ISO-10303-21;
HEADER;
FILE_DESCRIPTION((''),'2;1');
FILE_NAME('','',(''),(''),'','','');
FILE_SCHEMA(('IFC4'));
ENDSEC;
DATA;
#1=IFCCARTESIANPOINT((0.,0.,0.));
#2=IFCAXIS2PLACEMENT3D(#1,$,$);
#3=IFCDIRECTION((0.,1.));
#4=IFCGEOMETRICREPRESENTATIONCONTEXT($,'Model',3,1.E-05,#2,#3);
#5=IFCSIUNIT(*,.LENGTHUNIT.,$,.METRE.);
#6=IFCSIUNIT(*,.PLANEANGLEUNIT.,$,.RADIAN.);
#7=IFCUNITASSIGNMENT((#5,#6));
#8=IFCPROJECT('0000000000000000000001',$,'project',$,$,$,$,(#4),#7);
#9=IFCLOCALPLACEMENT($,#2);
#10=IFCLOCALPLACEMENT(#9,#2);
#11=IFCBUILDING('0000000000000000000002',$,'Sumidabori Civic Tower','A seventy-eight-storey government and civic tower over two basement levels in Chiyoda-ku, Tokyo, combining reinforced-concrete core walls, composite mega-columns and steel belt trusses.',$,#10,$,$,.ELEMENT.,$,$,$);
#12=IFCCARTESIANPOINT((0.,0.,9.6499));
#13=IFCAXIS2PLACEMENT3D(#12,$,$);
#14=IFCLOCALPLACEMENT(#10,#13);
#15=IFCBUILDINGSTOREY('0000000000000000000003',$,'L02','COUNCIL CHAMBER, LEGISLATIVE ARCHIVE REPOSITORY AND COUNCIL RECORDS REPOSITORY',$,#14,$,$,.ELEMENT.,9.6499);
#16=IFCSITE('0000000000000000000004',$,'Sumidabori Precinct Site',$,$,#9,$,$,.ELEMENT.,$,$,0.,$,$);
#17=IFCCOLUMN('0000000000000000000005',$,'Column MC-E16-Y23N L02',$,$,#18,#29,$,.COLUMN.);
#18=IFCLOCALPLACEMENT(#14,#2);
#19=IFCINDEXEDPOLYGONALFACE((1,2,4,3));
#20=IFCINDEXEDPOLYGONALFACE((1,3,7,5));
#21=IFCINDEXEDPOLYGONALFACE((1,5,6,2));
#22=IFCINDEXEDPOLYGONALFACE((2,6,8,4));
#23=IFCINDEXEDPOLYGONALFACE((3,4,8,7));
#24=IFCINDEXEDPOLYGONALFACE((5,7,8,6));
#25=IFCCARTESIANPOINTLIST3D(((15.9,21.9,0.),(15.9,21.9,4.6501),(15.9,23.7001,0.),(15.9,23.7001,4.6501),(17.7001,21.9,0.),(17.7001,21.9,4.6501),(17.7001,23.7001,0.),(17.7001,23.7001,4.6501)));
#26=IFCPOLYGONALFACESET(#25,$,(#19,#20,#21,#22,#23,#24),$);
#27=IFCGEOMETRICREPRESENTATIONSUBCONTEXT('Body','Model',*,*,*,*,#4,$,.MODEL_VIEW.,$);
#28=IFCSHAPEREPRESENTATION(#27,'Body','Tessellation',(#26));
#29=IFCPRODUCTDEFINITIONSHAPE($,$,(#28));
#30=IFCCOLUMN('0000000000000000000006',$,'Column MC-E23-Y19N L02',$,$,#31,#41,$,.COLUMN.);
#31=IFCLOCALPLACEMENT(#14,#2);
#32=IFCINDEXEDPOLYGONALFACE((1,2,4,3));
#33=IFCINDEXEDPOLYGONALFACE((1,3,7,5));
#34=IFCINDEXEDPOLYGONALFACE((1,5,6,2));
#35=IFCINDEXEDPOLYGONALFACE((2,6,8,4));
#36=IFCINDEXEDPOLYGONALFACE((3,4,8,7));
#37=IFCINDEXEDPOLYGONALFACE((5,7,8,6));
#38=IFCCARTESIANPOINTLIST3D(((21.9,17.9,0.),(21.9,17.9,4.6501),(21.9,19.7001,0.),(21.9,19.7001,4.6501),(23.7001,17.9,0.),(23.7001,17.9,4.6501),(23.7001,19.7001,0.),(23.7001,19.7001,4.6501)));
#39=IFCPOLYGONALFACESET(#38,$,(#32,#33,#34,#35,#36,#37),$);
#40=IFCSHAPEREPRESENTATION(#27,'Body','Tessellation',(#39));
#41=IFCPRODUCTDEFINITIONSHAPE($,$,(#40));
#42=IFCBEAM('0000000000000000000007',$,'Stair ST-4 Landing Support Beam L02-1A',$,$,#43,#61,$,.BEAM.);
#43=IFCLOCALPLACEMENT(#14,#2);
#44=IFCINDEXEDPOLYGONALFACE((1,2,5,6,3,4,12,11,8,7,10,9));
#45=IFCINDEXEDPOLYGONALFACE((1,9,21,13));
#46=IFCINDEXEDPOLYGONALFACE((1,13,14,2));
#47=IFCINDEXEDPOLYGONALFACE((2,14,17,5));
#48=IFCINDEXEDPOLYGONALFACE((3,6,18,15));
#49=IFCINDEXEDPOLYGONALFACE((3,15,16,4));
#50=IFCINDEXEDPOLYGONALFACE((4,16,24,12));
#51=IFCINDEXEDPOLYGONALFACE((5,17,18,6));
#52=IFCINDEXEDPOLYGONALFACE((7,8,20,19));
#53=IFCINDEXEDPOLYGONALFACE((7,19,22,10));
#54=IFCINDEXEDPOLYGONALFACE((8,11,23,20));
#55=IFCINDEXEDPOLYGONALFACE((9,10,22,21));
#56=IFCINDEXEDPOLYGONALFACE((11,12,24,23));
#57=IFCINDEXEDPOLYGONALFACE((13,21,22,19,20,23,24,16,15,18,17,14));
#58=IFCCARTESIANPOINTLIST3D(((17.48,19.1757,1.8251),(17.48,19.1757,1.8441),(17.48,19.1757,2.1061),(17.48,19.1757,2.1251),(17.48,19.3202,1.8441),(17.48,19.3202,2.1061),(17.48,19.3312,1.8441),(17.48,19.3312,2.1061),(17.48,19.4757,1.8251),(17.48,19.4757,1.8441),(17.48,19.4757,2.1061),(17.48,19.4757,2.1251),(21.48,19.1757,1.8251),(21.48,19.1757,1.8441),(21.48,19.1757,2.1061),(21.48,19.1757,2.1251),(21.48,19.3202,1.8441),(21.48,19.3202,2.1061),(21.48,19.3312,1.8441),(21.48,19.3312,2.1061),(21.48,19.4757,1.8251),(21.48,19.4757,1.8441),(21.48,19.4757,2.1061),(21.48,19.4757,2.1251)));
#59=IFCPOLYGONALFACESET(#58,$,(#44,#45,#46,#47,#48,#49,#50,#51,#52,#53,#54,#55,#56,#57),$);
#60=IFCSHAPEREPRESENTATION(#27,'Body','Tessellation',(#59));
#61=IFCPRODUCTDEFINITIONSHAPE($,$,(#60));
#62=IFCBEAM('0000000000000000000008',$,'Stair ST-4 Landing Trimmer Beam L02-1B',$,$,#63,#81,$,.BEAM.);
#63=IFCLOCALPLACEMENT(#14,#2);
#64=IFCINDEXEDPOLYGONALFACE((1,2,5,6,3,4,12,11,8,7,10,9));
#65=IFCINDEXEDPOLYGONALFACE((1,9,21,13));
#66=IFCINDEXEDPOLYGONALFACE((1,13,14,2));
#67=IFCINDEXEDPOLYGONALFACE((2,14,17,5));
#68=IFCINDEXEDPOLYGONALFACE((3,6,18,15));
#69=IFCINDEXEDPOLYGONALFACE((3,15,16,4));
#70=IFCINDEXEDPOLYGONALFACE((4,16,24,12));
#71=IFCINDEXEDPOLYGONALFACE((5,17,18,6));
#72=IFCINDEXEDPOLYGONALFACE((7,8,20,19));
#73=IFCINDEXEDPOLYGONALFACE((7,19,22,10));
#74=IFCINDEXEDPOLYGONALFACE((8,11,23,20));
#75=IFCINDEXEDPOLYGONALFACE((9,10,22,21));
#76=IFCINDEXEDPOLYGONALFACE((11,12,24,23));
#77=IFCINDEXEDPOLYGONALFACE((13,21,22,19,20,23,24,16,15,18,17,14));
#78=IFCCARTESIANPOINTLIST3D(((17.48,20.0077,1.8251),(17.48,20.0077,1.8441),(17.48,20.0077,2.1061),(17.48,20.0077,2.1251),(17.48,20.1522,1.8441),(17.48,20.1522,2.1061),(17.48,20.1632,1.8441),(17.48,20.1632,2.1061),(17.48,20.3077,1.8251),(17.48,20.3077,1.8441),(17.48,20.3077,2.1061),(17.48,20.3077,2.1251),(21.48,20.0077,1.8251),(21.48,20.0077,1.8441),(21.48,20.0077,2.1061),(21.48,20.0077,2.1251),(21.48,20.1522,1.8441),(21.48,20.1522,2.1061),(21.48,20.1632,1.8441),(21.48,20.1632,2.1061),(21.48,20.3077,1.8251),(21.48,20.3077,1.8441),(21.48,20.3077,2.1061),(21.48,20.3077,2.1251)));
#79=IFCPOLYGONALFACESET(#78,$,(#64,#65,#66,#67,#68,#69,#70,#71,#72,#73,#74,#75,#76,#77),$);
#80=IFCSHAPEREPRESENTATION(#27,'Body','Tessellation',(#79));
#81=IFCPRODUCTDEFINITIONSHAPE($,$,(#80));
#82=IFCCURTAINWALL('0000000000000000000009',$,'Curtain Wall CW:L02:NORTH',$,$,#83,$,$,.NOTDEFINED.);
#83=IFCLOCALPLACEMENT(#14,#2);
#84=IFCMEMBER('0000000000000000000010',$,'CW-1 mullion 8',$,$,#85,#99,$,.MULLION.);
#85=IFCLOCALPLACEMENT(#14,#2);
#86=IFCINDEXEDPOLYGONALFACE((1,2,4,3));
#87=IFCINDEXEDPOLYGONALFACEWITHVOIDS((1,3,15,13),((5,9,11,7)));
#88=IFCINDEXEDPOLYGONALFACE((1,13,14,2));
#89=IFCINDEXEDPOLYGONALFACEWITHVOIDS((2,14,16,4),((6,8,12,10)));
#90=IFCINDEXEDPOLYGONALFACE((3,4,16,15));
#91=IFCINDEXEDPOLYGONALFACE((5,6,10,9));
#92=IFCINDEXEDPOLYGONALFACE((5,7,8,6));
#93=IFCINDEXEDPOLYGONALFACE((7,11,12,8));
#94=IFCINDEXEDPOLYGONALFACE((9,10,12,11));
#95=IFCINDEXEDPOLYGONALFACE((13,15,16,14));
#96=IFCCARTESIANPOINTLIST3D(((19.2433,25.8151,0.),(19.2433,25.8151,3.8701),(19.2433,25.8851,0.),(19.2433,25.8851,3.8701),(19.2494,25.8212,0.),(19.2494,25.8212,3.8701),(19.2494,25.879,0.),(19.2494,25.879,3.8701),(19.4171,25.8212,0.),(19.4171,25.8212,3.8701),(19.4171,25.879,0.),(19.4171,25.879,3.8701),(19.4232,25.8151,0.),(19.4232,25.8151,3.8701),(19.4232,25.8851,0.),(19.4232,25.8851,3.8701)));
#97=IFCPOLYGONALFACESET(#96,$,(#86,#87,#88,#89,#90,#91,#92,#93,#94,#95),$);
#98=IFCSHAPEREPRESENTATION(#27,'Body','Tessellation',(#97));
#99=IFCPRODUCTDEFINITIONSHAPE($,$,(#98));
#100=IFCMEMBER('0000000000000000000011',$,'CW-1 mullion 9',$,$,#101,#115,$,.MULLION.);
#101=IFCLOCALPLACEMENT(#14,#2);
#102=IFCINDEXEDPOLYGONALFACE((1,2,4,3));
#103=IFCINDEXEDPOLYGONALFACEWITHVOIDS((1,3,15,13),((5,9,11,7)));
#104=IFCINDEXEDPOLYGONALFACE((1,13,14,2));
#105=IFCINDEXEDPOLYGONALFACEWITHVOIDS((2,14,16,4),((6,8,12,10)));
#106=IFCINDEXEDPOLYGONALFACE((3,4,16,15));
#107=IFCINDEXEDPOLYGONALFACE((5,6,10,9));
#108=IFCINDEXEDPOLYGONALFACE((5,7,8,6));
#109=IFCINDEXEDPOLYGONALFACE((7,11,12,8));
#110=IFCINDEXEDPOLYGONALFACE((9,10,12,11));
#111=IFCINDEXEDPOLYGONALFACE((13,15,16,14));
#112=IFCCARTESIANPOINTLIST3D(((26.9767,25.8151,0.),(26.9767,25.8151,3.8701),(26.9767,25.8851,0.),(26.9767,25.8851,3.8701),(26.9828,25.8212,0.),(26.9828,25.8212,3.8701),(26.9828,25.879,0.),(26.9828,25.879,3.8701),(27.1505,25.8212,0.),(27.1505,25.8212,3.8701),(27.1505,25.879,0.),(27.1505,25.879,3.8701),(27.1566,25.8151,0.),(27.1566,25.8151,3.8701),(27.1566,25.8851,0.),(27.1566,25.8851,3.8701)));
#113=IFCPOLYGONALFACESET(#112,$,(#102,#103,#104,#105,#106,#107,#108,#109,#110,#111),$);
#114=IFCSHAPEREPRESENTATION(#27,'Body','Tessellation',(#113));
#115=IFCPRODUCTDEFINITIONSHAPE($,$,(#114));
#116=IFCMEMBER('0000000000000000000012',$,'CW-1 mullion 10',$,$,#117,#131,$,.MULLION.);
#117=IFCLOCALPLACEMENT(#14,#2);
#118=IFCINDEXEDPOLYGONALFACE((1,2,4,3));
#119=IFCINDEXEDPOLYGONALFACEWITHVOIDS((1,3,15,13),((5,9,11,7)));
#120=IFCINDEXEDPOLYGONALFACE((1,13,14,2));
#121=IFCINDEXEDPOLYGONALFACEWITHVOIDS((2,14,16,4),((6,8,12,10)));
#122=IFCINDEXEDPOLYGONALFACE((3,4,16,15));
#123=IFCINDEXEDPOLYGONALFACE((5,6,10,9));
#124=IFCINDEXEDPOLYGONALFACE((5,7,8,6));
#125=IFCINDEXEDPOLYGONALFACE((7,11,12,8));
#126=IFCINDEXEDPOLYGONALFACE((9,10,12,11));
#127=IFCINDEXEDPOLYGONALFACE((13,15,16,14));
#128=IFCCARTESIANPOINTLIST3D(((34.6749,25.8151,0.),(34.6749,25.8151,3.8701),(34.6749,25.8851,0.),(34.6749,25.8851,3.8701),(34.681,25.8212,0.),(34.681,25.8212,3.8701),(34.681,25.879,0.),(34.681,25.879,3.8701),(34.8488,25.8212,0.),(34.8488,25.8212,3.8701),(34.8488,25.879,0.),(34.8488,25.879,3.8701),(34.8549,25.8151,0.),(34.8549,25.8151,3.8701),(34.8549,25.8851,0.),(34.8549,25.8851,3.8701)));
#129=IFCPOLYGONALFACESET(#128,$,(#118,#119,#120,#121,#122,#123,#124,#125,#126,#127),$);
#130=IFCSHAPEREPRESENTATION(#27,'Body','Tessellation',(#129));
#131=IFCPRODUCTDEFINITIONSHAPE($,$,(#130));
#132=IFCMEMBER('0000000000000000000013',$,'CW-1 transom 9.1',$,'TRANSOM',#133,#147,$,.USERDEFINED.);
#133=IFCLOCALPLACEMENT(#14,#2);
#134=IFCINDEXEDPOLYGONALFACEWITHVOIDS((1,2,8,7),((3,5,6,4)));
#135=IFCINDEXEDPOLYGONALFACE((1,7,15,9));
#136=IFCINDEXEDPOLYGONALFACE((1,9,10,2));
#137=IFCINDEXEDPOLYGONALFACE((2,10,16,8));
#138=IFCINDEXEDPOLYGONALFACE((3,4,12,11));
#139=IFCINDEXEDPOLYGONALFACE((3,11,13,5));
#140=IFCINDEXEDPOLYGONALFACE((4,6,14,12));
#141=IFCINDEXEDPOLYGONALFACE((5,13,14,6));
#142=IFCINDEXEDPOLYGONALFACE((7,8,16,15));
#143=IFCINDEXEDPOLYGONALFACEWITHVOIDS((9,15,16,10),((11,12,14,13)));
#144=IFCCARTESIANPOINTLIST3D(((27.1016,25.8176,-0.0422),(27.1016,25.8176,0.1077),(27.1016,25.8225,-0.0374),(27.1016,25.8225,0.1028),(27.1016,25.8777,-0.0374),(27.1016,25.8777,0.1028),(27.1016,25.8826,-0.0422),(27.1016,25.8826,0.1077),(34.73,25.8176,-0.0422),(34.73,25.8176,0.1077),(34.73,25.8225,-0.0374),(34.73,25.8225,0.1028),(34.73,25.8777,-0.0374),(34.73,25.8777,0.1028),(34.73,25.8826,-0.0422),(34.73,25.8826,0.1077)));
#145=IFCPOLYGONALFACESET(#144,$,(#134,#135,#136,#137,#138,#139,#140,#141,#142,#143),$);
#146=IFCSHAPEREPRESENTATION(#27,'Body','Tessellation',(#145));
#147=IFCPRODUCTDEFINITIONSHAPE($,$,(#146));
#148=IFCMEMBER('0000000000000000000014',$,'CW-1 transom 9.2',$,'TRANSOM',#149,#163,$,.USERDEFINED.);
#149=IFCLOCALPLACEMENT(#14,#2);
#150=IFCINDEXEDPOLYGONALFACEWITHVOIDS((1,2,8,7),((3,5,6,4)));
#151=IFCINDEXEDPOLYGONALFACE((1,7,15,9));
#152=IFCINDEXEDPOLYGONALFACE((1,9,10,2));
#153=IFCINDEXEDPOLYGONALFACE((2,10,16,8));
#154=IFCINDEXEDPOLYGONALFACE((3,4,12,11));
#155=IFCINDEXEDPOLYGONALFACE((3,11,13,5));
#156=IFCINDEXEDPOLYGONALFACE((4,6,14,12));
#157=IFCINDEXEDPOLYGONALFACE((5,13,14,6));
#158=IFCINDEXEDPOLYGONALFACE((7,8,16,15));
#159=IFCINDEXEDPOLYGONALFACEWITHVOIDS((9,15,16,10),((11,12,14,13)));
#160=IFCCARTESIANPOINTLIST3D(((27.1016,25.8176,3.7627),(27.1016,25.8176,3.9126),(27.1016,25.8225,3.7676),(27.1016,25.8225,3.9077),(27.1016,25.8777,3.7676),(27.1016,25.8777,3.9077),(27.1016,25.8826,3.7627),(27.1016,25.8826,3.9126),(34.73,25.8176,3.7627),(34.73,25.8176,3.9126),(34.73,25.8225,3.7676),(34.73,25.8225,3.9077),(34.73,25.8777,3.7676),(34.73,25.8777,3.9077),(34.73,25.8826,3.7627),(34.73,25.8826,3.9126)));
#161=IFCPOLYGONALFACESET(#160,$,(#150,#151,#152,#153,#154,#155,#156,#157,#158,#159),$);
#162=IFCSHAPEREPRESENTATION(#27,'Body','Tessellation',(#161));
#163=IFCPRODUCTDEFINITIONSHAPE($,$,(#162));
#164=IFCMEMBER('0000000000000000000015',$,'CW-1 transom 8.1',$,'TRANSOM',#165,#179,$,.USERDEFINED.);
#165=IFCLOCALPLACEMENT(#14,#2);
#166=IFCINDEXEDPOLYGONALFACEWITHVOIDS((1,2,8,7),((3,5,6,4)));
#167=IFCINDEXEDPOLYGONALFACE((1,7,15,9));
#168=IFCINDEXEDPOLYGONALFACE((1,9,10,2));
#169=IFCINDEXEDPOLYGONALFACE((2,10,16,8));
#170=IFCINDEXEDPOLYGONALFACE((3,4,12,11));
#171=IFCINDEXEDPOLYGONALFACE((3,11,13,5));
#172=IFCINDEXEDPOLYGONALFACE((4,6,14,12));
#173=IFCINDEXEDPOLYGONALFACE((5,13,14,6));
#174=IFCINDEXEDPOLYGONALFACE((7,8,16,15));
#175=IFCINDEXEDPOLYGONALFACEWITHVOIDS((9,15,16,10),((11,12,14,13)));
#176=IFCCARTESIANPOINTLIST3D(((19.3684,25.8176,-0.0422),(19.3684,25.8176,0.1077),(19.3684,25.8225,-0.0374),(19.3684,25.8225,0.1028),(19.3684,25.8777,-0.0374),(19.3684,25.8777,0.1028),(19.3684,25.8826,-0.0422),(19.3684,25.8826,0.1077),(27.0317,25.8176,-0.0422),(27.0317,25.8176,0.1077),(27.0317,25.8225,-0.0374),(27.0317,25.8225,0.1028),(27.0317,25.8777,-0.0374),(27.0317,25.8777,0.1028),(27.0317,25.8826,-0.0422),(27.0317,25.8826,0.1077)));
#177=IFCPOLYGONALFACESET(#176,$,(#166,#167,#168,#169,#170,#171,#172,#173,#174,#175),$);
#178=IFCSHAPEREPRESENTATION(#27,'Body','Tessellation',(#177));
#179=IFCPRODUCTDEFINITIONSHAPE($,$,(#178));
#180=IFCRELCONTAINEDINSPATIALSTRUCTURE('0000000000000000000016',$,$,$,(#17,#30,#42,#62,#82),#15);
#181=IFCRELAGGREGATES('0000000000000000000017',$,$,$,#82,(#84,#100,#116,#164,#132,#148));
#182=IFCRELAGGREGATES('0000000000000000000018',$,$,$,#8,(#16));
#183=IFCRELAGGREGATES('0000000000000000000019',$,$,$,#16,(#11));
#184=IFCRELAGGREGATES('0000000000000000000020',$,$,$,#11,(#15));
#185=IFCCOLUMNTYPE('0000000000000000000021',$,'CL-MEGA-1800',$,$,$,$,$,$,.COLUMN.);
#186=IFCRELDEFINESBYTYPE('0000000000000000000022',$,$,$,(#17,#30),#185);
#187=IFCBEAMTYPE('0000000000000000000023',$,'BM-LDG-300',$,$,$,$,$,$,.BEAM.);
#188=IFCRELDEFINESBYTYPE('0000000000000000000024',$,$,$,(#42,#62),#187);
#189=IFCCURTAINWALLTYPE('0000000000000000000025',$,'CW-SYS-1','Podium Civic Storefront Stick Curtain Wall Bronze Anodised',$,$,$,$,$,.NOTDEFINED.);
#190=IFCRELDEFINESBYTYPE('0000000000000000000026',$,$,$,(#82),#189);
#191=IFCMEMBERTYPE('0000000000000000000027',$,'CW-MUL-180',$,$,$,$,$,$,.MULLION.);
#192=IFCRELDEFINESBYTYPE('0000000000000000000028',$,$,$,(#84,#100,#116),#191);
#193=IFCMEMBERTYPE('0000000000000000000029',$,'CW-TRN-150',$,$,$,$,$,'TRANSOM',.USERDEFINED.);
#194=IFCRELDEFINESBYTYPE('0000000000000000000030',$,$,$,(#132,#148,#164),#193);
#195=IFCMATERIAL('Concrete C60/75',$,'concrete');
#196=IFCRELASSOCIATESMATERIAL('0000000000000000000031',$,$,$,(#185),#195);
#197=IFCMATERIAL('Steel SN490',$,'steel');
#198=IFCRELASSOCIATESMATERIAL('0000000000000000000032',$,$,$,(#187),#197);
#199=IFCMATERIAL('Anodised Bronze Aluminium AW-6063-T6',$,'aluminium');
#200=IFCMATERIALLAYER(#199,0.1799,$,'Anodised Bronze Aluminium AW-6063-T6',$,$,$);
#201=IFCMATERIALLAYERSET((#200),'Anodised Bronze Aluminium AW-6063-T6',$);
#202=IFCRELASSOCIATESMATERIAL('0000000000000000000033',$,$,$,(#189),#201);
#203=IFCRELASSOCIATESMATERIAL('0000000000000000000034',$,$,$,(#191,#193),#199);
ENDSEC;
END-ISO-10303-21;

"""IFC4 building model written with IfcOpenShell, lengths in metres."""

from ifc_helpers import new_model, si_unit, direction, frame, origin, origin_2d, place, context, subcontext, project, spatial, rectangle, hollow_rectangle, i_section, extrude, source, transform, mapped, material, layer, layer_set, material_profile, profile_set, type_object, element, aggregate, save


model = new_model("IFC4")

# Units and contexts
model_context = context("Model", 3, precision=1e-05, world=origin(), true_north=direction((0.0, 1.0)))
body_context = subcontext(model_context, "Body", "Model", "MODEL_VIEW")
ifc_project = project(units=[si_unit("LENGTHUNIT", "METRE"), si_unit("PLANEANGLEUNIT", "RADIAN")], contexts=[model_context])

# Site, building, storey
site_placement = place(None, origin())
site = spatial("IfcSite", under=ifc_project, at=site_placement, Name="Sumidabori Precinct Site", CompositionType="ELEMENT", RefElevation=0.0)
building_placement = place(site_placement, origin())
building = spatial("IfcBuilding", under=site, at=building_placement, Name="Sumidabori Civic Tower", Description="A seventy-eight-storey government and civic tower over two basement levels in Chiyoda-ku, Tokyo, combining reinforced-concrete core walls, composite mega-columns and steel belt trusses.", CompositionType="ELEMENT")
storey_placement = place(building_placement, frame((0.0, 0.0, 9.6499)))
storey = spatial("IfcBuildingStorey", under=building, at=storey_placement, Name="L02", Description="COUNCIL CHAMBER, LEGISLATIVE ARCHIVE REPOSITORY AND COUNCIL RECORDS REPOSITORY", CompositionType="ELEMENT", Elevation=9.6499)

# Columns
ifc_material_1 = material(Name="Concrete C60/75", Category="concrete")
ifc_material_profile_1 = material_profile(ifc_material_1, rectangle(XDim=1.8, YDim=1.8, at=origin_2d()), Name="RC 1800x1800")
ifc_profile_set_1 = profile_set([ifc_material_profile_1], Name="Concrete C60/75")
column_type = type_object("IfcColumnType", Name="CL-MEGA-1800", PredefinedType="COLUMN", material=ifc_profile_set_1)
shared_shape_1 = source(origin(), body_context, "Body", "SweptSolid", [
    extrude(rectangle(XDim=1.8, YDim=1.8, at=origin_2d()), origin(), (0.0, 0.0, 1.0), 4.6501),
])
for number, where, z_axis, x_axis, name in (
    (1, (16.8, 22.8, 0.0), (0.0, 0.0, 1.0), (1.0, 0.0, 0.0), "Column MC-E16-Y23N L02"),
    (2, (22.8, 18.8, 0.0), (0.0, 0.0, 1.0), (1.0, 0.0, 0.0), "Column MC-E23-Y19N L02"),
):
    element("IfcColumn", number, at=place(storey_placement, frame(where, z_axis=z_axis, x_axis=x_axis)), inside=storey, type_object=column_type, Name=name, PredefinedType="COLUMN", context=body_context, shape_type="MappedRepresentation", body=[
        mapped(shared_shape_1, transform((0.0, 0.0, 0.0), x_axis=(1.0, 0.0, 0.0), y_axis=(0.0, 1.0, 0.0), z_axis=(0.0, 0.0, 1.0), scale=1.0)),
    ])

# Beams
ifc_material_2 = material(Name="Steel SN490", Category="steel")
ifc_material_profile_2 = material_profile(ifc_material_2, i_section(OverallWidth=0.3, OverallDepth=0.3, WebThickness=0.011, FlangeThickness=0.019, at=origin_2d()), Name="HE 300 B")
ifc_profile_set_2 = profile_set([ifc_material_profile_2], Name="Steel SN490")
beam_type = type_object("IfcBeamType", Name="BM-LDG-300", PredefinedType="BEAM", material=ifc_profile_set_2)
shared_shape_2 = source(origin(), body_context, "Body", "SweptSolid", [
    extrude(i_section(OverallWidth=0.3, OverallDepth=0.3, WebThickness=0.011, FlangeThickness=0.019, at=origin_2d()), origin(), (0.0, 0.0, 1.0), 4.0),
])
for number, where, z_axis, x_axis, name in (
    (3, (17.48, 19.3257, 1.9751), (1.0, 0.0, 0.0), (0.0, 1.0, 0.0), "Stair ST-4 Landing Support Beam L02-1A"),
    (4, (17.48, 20.1577, 1.9751), (1.0, 0.0, 0.0), (0.0, 1.0, 0.0), "Stair ST-4 Landing Trimmer Beam L02-1B"),
):
    element("IfcBeam", number, at=place(storey_placement, frame(where, z_axis=z_axis, x_axis=x_axis)), inside=storey, type_object=beam_type, Name=name, PredefinedType="BEAM", context=body_context, shape_type="MappedRepresentation", body=[
        mapped(shared_shape_2, transform((0.0, 0.0, 0.0), x_axis=(1.0, 0.0, 0.0), y_axis=(0.0, 1.0, 0.0), z_axis=(0.0, 0.0, 1.0), scale=1.0)),
    ])

# Curtain wall, members
ifc_material_3 = material(Name="Anodised Bronze Aluminium AW-6063-T6", Category="aluminium")
ifc_layer_1 = layer(ifc_material_3, 0.1799, Name="Anodised Bronze Aluminium AW-6063-T6")
ifc_layer_set_1 = layer_set([ifc_layer_1], Name="Anodised Bronze Aluminium AW-6063-T6")
curtain_wall_type = type_object("IfcCurtainWallType", Name="CW-SYS-1", Description="Podium Civic Storefront Stick Curtain Wall Bronze Anodised", PredefinedType="NOTDEFINED", material=ifc_layer_set_1)
curtain_wall_placement = place(storey_placement, origin())
curtain_wall = element("IfcCurtainWall", 5, at=curtain_wall_placement, inside=storey, type_object=curtain_wall_type, Name="Curtain Wall CW:L02:NORTH", PredefinedType="NOTDEFINED")
ifc_material_profile_3 = material_profile(ifc_material_3, hollow_rectangle(XDim=0.0701, YDim=0.1799, WallThickness=0.0061, at=origin_2d()), Name="ALU MULLION 180x70")
ifc_profile_set_3 = profile_set([ifc_material_profile_3], Name="Anodised Bronze Aluminium AW-6063-T6")
member_type_1 = type_object("IfcMemberType", Name="CW-MUL-180", PredefinedType="MULLION", material=ifc_profile_set_3)
shared_shape_3 = source(origin(), body_context, "Body", "SweptSolid", [
    extrude(hollow_rectangle(XDim=0.0701, YDim=0.1799, WallThickness=0.0061, at=origin_2d()), origin(), (0.0, 0.0, 1.0), 3.8701),
])
member_1_placement = place(storey_placement, frame((19.3333, 25.8501, 0.0), z_axis=(0.0, 0.0, 1.0), x_axis=(0.0, 1.0, 0.0)))
member_1 = element("IfcMember", 6, at=member_1_placement, type_object=member_type_1, Name="CW-1 mullion 8", PredefinedType="MULLION", context=body_context, shape_type="MappedRepresentation", body=[
    mapped(shared_shape_3, transform((0.0, 0.0, 0.0), x_axis=(1.0, 0.0, 0.0), y_axis=(0.0, 1.0, 0.0), z_axis=(0.0, 0.0, 1.0), scale=1.0)),
])
member_2_placement = place(storey_placement, frame((27.0667, 25.8501, 0.0), z_axis=(0.0, 0.0, 1.0), x_axis=(0.0, 1.0, 0.0)))
member_2 = element("IfcMember", 7, at=member_2_placement, type_object=member_type_1, Name="CW-1 mullion 9", PredefinedType="MULLION", context=body_context, shape_type="MappedRepresentation", body=[
    mapped(shared_shape_3, transform((0.0, 0.0, 0.0), x_axis=(1.0, 0.0, 0.0), y_axis=(0.0, 1.0, 0.0), z_axis=(0.0, 0.0, 1.0), scale=1.0)),
])
member_3_placement = place(storey_placement, frame((34.7649, 25.8501, 0.0), z_axis=(0.0, 0.0, 1.0), x_axis=(0.0, 1.0, 0.0)))
member_3 = element("IfcMember", 8, at=member_3_placement, type_object=member_type_1, Name="CW-1 mullion 10", PredefinedType="MULLION", context=body_context, shape_type="MappedRepresentation", body=[
    mapped(shared_shape_3, transform((0.0, 0.0, 0.0), x_axis=(1.0, 0.0, 0.0), y_axis=(0.0, 1.0, 0.0), z_axis=(0.0, 0.0, 1.0), scale=1.0)),
])
ifc_material_profile_4 = material_profile(ifc_material_3, hollow_rectangle(XDim=0.0649, YDim=0.1499, WallThickness=0.0049, at=origin_2d()), Name="ALU TRANSOM 150x65")
ifc_profile_set_4 = profile_set([ifc_material_profile_4], Name="Anodised Bronze Aluminium AW-6063-T6")
member_type_2 = type_object("IfcMemberType", Name="CW-TRN-150", ElementType="TRANSOM", PredefinedType="USERDEFINED", material=ifc_profile_set_4)
shared_shape_4 = source(origin(), body_context, "Body", "SweptSolid", [
    extrude(hollow_rectangle(XDim=0.0649, YDim=0.1499, WallThickness=0.0049, at=origin_2d()), origin(), (0.0, 0.0, 1.0), 7.6284),
])
member_4_placement = place(storey_placement, frame((27.1016, 25.8501, 0.0327), z_axis=(1.0, 0.0, 0.0), x_axis=(0.0, 1.0, 0.0)))
member_4 = element("IfcMember", 9, at=member_4_placement, type_object=member_type_2, Name="CW-1 transom 9.1", ObjectType="TRANSOM", PredefinedType="USERDEFINED", context=body_context, shape_type="MappedRepresentation", body=[
    mapped(shared_shape_4, transform((0.0, 0.0, 0.0), x_axis=(1.0, 0.0, 0.0), y_axis=(0.0, 1.0, 0.0), z_axis=(0.0, 0.0, 1.0), scale=1.0)),
])
member_5_placement = place(storey_placement, frame((27.1016, 25.8501, 3.8376), z_axis=(1.0, 0.0, 0.0), x_axis=(0.0, 1.0, 0.0)))
member_5 = element("IfcMember", 10, at=member_5_placement, type_object=member_type_2, Name="CW-1 transom 9.2", ObjectType="TRANSOM", PredefinedType="USERDEFINED", context=body_context, shape_type="MappedRepresentation", body=[
    mapped(shared_shape_4, transform((0.0, 0.0, 0.0), x_axis=(1.0, 0.0, 0.0), y_axis=(0.0, 1.0, 0.0), z_axis=(0.0, 0.0, 1.0), scale=1.0)),
])
shared_shape_5 = source(origin(), body_context, "Body", "SweptSolid", [
    extrude(hollow_rectangle(XDim=0.0649, YDim=0.1499, WallThickness=0.0049, at=origin_2d()), origin(), (0.0, 0.0, 1.0), 7.6633),
])
member_6_placement = place(storey_placement, frame((19.3684, 25.8501, 0.0327), z_axis=(1.0, 0.0, 0.0), x_axis=(0.0, 1.0, 0.0)))
member_6 = element("IfcMember", 11, at=member_6_placement, type_object=member_type_2, Name="CW-1 transom 8.1", ObjectType="TRANSOM", PredefinedType="USERDEFINED", context=body_context, shape_type="MappedRepresentation", body=[
    mapped(shared_shape_5, transform((0.0, 0.0, 0.0), x_axis=(1.0, 0.0, 0.0), y_axis=(0.0, 1.0, 0.0), z_axis=(0.0, 0.0, 1.0), scale=1.0)),
])
aggregate(curtain_wall, [member_1, member_2, member_3, member_6, member_4, member_5])

save(model, "model.ifc")
